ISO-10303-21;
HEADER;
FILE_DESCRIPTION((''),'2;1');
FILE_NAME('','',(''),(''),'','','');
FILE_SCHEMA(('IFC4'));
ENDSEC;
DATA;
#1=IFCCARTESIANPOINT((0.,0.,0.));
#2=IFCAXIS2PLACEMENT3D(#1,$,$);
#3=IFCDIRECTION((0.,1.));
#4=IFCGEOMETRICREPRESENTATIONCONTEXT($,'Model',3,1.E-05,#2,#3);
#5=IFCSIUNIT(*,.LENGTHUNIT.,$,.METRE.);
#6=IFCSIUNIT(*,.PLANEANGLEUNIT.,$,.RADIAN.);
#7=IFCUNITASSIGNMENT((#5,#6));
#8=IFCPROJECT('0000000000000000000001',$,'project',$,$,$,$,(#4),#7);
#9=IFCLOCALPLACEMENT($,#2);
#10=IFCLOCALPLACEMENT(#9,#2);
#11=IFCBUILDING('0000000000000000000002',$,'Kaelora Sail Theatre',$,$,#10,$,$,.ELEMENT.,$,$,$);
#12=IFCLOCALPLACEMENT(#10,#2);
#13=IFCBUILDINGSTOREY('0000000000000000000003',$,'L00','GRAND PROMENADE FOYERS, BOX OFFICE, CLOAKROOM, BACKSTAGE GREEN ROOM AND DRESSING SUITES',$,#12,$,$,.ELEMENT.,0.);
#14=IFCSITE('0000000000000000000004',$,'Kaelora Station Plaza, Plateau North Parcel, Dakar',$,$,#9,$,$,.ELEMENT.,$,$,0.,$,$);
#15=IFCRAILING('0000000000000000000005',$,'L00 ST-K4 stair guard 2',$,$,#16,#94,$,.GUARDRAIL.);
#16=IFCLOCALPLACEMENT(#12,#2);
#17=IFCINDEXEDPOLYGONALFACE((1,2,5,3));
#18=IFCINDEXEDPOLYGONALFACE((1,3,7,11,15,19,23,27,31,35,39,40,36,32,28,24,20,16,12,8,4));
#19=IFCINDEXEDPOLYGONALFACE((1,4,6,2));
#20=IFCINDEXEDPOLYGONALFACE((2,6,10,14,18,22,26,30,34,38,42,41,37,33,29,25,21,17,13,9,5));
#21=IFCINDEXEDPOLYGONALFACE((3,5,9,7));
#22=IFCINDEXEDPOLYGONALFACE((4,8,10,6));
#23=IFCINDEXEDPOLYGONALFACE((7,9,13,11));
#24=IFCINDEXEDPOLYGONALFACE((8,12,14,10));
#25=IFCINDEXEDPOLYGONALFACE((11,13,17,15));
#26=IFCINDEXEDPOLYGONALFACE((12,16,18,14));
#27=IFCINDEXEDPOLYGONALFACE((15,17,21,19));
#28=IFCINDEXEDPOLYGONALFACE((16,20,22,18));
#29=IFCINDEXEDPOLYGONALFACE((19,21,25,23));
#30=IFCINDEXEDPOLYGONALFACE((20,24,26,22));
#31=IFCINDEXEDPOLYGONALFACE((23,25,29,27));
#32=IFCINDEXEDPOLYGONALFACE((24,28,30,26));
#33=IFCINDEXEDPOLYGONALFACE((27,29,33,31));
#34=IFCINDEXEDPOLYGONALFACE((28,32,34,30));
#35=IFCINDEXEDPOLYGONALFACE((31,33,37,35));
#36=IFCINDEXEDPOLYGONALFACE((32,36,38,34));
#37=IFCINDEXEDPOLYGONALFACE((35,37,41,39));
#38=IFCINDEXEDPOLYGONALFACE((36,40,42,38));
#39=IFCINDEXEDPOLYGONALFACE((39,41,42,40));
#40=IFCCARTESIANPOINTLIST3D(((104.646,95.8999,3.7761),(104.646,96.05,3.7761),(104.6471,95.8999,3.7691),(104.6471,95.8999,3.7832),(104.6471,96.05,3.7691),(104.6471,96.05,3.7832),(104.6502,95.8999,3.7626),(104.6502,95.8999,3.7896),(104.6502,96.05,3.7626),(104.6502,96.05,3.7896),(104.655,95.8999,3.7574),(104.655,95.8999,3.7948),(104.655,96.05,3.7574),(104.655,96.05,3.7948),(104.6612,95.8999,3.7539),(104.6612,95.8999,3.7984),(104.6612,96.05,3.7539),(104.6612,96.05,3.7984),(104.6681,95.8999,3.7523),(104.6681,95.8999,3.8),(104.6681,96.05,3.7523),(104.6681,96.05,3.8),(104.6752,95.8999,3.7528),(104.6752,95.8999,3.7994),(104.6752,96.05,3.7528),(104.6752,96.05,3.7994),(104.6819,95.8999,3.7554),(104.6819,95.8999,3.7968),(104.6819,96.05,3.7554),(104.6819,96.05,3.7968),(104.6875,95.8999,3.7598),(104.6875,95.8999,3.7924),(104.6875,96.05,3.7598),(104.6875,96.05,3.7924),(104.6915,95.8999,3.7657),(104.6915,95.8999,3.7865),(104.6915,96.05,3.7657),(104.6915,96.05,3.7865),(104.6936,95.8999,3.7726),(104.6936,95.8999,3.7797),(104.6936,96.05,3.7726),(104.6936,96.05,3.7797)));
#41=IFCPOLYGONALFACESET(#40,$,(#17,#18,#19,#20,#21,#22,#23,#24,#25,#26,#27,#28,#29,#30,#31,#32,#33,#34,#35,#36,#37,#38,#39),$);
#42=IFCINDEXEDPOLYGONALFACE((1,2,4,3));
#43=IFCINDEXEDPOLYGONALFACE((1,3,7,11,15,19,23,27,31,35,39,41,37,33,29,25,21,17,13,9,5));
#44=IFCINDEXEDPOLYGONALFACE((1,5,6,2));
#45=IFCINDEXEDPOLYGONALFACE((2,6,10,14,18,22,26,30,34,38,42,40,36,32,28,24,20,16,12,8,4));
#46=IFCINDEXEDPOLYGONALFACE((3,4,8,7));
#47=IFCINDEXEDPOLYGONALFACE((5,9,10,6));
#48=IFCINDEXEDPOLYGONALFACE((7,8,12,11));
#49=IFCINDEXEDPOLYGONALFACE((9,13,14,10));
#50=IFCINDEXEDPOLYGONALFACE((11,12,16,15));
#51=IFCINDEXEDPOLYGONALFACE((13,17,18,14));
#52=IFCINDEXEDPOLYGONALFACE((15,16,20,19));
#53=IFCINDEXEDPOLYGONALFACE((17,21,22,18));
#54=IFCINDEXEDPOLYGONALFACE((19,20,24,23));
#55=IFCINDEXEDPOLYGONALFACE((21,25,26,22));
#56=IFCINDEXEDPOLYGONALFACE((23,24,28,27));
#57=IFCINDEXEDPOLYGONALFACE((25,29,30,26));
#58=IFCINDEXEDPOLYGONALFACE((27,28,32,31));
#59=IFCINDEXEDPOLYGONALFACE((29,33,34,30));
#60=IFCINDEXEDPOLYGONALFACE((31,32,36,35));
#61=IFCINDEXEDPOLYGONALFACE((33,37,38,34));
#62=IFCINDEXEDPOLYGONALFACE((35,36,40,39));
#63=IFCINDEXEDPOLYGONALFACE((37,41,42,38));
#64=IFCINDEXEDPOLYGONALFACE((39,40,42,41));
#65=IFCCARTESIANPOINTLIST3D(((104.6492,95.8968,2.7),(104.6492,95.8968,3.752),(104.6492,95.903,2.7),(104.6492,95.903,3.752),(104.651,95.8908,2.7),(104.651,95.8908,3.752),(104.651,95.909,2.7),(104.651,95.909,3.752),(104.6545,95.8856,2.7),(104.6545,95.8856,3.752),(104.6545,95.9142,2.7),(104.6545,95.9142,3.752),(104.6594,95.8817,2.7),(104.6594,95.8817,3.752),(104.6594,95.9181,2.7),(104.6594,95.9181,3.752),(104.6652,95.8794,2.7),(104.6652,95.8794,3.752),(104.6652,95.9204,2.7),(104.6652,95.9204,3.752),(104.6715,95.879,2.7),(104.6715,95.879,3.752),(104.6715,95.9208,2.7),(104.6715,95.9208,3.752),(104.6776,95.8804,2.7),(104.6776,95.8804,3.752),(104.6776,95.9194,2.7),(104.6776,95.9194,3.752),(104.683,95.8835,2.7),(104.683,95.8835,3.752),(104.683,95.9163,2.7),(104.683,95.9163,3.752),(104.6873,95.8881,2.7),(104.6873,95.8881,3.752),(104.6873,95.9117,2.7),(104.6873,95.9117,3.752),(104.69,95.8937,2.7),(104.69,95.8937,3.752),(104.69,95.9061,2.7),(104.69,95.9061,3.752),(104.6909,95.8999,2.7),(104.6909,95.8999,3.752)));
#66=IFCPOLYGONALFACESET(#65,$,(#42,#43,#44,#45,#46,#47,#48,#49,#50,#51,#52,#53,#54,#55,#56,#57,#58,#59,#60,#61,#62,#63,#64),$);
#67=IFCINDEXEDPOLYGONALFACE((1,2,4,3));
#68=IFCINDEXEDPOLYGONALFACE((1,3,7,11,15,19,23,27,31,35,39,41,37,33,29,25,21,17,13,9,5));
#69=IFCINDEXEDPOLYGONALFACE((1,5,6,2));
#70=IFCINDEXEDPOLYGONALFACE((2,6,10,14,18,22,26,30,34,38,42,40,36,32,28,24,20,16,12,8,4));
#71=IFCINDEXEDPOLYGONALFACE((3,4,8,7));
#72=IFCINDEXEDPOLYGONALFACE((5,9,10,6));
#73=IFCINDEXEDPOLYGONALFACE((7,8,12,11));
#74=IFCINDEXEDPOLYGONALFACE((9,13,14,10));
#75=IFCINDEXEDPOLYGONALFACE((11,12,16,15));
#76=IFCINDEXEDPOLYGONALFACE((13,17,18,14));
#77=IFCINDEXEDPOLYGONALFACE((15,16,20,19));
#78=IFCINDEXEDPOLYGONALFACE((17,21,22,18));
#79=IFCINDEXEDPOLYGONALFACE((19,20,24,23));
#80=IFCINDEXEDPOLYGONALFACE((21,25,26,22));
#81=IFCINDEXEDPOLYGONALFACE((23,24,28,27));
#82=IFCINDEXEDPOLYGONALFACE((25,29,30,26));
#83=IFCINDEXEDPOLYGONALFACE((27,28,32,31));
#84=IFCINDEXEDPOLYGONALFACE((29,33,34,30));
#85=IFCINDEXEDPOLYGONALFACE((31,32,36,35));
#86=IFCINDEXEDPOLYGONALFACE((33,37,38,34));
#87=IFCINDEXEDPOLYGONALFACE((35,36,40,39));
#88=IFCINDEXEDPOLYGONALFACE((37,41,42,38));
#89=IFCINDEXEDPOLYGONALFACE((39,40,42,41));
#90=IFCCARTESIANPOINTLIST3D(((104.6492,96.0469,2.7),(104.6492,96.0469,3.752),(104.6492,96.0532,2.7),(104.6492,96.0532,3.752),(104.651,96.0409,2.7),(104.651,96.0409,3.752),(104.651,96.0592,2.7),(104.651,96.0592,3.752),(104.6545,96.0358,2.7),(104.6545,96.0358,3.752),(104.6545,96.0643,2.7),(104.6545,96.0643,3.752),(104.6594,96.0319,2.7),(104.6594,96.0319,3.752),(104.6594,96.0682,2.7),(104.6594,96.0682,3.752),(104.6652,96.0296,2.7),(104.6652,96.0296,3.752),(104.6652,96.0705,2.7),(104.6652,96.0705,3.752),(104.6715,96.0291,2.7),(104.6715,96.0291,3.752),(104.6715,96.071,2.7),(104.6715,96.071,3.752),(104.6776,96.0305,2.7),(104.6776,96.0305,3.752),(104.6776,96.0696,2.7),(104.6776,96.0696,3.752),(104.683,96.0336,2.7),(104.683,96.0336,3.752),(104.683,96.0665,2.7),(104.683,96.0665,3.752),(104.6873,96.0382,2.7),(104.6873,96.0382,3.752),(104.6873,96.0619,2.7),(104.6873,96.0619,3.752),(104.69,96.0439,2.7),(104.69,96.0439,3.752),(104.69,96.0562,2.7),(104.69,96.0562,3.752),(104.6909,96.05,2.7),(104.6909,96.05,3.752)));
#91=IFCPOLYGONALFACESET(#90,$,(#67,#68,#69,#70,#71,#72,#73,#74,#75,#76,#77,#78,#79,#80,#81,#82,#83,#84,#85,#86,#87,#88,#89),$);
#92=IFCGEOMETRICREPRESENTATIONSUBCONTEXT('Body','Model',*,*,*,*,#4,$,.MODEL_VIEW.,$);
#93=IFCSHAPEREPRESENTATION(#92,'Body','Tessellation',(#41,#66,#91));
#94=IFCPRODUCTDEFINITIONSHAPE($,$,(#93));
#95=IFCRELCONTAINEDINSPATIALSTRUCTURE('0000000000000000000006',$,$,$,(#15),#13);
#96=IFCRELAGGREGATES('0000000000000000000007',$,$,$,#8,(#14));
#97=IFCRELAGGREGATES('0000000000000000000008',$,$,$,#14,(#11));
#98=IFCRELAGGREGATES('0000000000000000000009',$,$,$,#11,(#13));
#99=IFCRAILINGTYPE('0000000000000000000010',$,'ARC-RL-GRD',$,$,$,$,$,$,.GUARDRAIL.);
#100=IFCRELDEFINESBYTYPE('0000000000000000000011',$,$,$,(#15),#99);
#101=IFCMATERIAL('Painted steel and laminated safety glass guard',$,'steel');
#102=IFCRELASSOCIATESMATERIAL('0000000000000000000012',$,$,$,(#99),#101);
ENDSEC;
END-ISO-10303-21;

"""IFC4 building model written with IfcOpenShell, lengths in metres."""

from ifc_helpers import new_model, si_unit, direction, frame, origin, origin_2d, place, context, subcontext, project, spatial, circle, extrude, material, type_object, element, save


model = new_model("IFC4")

# Units and contexts
model_context = context("Model", 3, precision=1e-05, world=origin(), true_north=direction((0.0, 1.0)))
body_context = subcontext(model_context, "Body", "Model", "MODEL_VIEW")
ifc_project = project(units=[si_unit("LENGTHUNIT", "METRE"), si_unit("PLANEANGLEUNIT", "RADIAN")], contexts=[model_context])

# Site, building, storey
site_placement = place(None, origin())
site = spatial("IfcSite", under=ifc_project, at=site_placement, Name="Kaelora Station Plaza, Plateau North Parcel, Dakar", CompositionType="ELEMENT", RefElevation=0.0)
building_placement = place(site_placement, origin())
building = spatial("IfcBuilding", under=site, at=building_placement, Name="Kaelora Sail Theatre", CompositionType="ELEMENT")
storey_placement = place(building_placement, origin())
storey = spatial("IfcBuildingStorey", under=building, at=storey_placement, Name="L00", Description="GRAND PROMENADE FOYERS, BOX OFFICE, CLOAKROOM, BACKSTAGE GREEN ROOM AND DRESSING SUITES", CompositionType="ELEMENT", Elevation=0.0)

# Railing
ifc_material_1 = material(Name="Painted steel and laminated safety glass guard", Category="steel")
railing_type_1 = type_object("IfcRailingType", Name="ARC-RL-GRD", PredefinedType="GUARDRAIL", material=ifc_material_1)
railing_1_placement = place(storey_placement, frame((104.6699, 95.8999, 2.7)))
element("IfcRailing", 1, at=railing_1_placement, inside=storey, type_object=railing_type_1, Name="L00 ST-K4 stair guard 2", PredefinedType="GUARDRAIL", context=body_context, shape_type="SweptSolid", body=[
    extrude(circle(Radius=0.0239, at=origin_2d()), frame((0.0, 0.0, 1.0762), z_axis=(0.0, 1.0, 0.0), x_axis=(-1.0, 0.0, 0.0)), (0.0, 0.0, 1.0), 0.1501),
    extrude(circle(Radius=0.021, at=origin_2d()), origin(), (0.0, 0.0, 1.0), 1.052),
    extrude(circle(Radius=0.021, at=origin_2d()), frame((0.0, 0.1501, 0.0)), (0.0, 0.0, 1.0), 1.052),
])

save(model, "model.ifc")
